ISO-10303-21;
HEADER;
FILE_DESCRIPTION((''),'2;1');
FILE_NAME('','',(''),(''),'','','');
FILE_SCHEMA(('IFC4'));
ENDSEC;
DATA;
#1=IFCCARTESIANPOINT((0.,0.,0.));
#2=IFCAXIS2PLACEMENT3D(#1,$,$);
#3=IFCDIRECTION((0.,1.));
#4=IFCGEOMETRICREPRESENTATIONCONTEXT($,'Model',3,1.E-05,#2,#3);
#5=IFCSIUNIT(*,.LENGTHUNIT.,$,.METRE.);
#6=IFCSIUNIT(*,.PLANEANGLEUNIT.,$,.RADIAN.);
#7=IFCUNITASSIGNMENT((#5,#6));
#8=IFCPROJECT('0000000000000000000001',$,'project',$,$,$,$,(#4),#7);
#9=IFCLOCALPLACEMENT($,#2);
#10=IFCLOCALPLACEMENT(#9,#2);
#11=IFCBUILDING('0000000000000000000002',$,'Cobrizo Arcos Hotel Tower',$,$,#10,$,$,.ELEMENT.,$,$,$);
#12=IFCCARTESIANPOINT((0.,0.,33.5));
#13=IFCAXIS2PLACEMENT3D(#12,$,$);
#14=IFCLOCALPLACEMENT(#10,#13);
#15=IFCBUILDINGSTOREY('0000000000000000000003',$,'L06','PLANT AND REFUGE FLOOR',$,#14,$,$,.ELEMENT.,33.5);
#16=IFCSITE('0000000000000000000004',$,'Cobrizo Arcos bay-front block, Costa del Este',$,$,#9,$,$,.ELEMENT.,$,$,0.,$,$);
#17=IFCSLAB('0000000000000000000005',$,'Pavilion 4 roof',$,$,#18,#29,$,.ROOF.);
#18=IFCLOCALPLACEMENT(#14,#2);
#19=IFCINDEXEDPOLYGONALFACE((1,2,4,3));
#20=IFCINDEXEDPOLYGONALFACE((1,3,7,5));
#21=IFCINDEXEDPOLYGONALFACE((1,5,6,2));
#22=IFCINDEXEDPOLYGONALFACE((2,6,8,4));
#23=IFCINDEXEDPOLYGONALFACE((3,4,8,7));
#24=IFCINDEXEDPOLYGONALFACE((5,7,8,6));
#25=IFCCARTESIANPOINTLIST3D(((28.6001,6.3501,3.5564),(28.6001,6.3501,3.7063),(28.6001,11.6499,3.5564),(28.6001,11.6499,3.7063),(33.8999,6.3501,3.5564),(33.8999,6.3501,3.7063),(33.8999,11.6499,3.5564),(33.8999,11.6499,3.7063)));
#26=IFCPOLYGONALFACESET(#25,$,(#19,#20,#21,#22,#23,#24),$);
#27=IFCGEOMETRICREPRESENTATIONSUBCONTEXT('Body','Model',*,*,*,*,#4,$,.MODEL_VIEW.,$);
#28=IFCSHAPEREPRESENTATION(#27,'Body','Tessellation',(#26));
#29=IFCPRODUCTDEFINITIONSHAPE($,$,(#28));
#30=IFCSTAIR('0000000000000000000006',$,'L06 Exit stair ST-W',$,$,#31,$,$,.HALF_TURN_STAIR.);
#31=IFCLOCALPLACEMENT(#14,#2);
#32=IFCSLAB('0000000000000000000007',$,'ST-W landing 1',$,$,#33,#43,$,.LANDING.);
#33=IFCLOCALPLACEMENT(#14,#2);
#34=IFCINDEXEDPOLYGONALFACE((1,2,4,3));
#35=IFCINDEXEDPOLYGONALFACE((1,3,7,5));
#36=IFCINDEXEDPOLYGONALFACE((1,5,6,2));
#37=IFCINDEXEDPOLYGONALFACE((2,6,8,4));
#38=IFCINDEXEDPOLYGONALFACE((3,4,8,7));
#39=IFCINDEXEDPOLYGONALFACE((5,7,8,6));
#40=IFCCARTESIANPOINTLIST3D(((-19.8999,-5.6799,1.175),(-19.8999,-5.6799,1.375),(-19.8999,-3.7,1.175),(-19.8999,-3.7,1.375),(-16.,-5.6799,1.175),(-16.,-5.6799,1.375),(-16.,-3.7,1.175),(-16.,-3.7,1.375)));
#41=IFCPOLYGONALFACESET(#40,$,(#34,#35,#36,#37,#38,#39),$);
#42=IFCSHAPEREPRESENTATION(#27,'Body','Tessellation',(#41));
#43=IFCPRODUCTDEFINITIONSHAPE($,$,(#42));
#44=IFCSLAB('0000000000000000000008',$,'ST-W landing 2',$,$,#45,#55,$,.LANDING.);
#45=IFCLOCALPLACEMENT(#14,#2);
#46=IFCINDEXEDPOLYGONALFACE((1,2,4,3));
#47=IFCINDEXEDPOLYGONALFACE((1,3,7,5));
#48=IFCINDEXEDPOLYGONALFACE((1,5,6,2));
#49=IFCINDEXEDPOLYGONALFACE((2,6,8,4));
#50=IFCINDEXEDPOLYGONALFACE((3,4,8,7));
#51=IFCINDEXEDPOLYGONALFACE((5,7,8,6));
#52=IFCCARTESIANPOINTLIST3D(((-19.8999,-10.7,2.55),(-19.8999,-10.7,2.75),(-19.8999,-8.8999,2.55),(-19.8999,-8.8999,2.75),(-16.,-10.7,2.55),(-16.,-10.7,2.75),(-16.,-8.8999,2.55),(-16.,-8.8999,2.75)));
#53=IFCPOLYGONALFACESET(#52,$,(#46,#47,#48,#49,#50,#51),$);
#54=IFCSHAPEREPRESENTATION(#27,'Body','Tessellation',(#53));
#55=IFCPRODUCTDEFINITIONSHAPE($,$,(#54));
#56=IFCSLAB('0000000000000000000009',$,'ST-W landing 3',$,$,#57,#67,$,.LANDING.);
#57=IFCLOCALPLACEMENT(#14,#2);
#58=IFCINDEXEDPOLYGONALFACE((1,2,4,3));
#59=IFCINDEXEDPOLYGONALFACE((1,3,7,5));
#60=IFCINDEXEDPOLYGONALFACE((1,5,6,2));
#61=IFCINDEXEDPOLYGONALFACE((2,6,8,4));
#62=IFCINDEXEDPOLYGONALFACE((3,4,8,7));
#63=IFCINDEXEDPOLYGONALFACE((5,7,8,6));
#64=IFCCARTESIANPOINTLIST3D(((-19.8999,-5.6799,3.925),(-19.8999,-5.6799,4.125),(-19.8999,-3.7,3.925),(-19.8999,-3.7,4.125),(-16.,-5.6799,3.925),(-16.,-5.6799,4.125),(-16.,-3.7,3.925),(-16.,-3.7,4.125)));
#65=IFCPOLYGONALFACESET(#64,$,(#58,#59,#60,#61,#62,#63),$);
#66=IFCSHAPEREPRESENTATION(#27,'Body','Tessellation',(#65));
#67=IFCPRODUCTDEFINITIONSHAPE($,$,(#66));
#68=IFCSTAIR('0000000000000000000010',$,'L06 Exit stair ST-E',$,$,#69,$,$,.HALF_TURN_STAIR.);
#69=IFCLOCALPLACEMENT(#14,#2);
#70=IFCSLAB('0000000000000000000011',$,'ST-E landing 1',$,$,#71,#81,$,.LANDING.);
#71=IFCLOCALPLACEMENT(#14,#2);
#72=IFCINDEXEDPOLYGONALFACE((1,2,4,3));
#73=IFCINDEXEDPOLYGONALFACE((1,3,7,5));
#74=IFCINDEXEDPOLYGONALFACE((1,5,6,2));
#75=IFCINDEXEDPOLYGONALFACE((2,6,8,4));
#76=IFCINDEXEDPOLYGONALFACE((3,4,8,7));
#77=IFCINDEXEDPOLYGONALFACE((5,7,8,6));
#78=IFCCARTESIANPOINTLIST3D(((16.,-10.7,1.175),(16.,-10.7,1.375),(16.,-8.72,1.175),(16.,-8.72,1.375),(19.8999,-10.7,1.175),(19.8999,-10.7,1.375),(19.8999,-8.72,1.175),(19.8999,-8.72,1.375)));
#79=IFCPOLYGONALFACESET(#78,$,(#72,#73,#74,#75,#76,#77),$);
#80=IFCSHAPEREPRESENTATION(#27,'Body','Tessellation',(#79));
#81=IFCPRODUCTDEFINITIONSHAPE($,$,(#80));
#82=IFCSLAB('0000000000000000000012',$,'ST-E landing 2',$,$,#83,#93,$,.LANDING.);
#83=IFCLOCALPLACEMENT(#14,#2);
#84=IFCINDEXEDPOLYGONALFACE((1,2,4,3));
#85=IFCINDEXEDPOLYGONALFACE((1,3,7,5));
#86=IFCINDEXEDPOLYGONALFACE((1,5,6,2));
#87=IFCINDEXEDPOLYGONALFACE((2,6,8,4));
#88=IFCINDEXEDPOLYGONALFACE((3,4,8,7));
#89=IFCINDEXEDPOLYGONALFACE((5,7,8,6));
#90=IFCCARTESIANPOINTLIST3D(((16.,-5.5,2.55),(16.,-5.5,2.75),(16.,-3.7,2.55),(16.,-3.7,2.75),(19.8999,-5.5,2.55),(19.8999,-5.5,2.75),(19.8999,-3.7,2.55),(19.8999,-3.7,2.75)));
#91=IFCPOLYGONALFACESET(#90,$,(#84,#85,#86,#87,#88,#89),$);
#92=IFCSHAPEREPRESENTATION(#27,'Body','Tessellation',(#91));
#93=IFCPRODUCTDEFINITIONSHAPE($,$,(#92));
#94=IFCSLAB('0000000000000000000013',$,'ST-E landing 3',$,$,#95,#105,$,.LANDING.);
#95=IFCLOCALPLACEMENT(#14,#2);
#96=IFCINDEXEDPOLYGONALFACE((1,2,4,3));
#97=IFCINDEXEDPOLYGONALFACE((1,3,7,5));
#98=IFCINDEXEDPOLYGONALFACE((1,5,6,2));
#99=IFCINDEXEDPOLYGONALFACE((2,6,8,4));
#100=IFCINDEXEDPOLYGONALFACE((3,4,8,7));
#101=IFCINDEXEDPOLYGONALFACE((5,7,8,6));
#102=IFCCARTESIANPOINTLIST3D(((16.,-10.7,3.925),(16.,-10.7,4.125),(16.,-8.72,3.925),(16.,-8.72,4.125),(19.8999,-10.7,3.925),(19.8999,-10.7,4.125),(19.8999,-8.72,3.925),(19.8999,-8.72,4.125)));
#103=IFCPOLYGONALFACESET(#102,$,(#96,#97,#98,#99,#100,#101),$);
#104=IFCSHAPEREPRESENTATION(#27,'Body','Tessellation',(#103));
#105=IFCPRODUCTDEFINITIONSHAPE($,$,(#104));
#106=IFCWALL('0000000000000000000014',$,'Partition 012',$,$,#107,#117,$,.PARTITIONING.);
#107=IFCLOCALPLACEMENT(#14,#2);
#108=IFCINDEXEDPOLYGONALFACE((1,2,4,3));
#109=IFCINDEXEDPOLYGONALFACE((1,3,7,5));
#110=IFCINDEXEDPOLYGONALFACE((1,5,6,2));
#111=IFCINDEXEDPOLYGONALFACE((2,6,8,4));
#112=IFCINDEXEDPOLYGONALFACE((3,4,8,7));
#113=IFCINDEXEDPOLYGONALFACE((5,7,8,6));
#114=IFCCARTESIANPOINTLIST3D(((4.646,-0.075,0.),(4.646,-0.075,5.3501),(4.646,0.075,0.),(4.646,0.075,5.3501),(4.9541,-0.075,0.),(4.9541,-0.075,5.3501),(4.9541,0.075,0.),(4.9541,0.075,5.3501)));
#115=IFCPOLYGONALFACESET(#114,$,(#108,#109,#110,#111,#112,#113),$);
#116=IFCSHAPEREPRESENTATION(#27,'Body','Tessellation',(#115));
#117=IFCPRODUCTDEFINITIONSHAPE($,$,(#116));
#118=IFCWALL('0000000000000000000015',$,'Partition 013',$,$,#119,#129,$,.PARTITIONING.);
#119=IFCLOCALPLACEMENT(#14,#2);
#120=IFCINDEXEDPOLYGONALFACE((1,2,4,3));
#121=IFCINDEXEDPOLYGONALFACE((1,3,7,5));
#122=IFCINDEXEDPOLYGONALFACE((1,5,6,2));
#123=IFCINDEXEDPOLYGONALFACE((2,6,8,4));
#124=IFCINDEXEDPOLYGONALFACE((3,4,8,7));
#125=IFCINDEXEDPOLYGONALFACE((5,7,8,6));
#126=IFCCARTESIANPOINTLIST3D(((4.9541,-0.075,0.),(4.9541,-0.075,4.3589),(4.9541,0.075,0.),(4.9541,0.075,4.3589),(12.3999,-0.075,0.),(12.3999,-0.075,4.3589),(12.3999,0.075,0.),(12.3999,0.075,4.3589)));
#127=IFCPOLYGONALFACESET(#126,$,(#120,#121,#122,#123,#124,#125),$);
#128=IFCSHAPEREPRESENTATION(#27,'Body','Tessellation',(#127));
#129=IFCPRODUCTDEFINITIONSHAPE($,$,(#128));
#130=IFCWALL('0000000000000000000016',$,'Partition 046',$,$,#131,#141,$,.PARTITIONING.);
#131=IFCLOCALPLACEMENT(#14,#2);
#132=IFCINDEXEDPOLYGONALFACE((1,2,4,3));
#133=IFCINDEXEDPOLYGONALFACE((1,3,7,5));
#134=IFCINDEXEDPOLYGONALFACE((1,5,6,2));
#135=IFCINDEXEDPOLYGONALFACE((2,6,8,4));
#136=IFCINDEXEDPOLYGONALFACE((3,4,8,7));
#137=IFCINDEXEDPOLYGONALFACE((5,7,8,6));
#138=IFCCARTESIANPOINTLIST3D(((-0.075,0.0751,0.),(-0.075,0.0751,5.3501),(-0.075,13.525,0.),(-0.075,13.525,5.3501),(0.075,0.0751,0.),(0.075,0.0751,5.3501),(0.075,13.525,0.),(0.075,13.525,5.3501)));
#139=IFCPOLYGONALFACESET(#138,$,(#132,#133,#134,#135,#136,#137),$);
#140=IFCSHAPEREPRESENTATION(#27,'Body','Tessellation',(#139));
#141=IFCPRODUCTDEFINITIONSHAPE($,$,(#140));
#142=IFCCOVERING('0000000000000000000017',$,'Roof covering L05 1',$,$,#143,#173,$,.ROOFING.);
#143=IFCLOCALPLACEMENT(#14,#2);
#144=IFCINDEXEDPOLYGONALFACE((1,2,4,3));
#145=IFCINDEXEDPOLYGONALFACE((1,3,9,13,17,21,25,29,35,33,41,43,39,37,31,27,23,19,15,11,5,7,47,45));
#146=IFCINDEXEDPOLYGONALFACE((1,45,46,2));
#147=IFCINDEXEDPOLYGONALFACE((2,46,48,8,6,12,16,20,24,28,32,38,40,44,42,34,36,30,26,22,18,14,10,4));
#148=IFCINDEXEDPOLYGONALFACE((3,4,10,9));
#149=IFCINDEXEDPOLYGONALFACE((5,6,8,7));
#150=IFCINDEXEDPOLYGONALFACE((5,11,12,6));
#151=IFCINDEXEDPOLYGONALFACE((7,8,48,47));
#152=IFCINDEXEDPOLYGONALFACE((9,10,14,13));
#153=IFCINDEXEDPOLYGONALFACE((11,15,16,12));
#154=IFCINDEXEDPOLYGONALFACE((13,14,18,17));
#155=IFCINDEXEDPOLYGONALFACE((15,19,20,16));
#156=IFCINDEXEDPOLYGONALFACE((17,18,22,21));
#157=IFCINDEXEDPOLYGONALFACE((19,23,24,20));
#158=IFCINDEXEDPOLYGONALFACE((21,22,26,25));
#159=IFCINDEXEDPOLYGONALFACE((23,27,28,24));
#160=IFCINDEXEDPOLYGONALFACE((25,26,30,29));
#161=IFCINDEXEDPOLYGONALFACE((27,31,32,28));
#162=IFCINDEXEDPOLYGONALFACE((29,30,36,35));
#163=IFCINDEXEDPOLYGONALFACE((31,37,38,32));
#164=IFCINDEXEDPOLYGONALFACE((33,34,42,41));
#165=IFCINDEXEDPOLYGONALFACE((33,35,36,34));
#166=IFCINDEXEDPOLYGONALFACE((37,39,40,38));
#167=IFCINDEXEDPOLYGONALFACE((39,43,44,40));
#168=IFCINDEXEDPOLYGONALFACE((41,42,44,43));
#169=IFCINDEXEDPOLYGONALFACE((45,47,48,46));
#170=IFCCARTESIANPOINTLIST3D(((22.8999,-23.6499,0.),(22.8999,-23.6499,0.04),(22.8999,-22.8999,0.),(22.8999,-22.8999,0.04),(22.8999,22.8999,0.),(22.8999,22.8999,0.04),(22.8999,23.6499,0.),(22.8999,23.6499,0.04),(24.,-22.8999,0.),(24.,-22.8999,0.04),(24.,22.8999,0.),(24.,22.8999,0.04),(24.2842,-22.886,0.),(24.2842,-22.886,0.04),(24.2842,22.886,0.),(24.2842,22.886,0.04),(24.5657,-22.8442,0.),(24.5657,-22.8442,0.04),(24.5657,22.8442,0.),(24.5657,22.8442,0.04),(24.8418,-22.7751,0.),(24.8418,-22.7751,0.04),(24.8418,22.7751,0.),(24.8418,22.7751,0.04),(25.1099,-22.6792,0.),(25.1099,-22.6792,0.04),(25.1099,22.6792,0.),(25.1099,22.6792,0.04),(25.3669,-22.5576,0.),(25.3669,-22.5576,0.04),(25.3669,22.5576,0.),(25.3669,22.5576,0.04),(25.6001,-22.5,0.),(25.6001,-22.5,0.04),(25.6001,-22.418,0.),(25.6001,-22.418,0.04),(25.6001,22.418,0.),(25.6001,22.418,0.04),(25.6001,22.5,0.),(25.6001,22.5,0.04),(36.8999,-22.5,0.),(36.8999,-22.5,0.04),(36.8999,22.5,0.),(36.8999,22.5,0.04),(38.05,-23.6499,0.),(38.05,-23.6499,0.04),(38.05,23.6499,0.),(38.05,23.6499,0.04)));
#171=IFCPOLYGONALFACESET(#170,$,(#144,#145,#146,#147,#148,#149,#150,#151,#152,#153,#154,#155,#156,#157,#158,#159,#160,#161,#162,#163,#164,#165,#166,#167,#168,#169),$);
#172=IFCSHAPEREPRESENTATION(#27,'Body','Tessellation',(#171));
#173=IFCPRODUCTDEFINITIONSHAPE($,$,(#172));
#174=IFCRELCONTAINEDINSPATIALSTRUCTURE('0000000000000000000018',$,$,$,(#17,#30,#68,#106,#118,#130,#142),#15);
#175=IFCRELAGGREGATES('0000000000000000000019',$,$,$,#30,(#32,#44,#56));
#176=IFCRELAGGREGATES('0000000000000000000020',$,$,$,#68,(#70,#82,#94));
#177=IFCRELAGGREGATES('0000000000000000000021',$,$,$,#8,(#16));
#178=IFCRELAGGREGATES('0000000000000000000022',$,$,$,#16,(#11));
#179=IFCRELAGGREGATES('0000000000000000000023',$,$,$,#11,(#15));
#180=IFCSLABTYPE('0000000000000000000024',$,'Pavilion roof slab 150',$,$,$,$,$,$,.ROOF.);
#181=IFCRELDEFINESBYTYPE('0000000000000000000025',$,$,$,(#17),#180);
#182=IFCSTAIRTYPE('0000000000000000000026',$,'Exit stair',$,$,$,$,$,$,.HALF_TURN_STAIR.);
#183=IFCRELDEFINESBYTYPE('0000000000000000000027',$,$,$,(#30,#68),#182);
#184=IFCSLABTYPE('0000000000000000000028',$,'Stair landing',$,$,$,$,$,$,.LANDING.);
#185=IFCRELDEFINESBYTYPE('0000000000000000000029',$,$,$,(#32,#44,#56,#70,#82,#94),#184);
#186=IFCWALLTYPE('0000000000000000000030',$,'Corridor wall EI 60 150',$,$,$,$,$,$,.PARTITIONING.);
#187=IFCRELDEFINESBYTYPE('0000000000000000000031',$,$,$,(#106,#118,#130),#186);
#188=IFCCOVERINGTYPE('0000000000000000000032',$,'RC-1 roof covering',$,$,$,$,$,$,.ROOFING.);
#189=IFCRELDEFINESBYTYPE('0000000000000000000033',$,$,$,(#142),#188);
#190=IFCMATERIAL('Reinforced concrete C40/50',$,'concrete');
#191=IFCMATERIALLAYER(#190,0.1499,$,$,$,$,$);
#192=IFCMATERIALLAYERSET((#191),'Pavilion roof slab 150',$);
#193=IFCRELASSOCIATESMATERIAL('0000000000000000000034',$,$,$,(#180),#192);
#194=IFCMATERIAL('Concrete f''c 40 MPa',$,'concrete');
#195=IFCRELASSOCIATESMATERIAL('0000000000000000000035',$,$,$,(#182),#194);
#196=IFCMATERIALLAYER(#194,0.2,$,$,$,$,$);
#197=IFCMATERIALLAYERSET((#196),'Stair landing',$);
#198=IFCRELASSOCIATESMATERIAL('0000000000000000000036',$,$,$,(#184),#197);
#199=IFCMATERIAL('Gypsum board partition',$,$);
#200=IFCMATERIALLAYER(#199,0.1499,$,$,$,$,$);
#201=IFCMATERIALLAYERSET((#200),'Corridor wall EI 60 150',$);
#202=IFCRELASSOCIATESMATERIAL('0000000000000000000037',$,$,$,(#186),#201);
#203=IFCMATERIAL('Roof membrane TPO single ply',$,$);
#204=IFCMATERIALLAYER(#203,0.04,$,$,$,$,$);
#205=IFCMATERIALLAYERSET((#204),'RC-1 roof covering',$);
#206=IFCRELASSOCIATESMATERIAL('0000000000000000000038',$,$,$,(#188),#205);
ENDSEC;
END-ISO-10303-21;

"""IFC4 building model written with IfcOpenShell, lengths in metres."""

from ifc_helpers import new_model, si_unit, direction, frame, frame_2d, origin, place, context, subcontext, project, spatial, polyline, rectangle, outline, extrude, material, layer, layer_set, type_object, element, aggregate, save


model = new_model("IFC4")

# Units and contexts
model_context = context("Model", 3, precision=1e-05, world=origin(), true_north=direction((0.0, 1.0)))
body_context = subcontext(model_context, "Body", "Model", "MODEL_VIEW")
ifc_project = project(units=[si_unit("LENGTHUNIT", "METRE"), si_unit("PLANEANGLEUNIT", "RADIAN")], contexts=[model_context])

# Site, building, storey
site_placement = place(None, origin())
site = spatial("IfcSite", under=ifc_project, at=site_placement, Name="Cobrizo Arcos bay-front block, Costa del Este", CompositionType="ELEMENT", RefElevation=0.0)
building_placement = place(site_placement, origin())
building = spatial("IfcBuilding", under=site, at=building_placement, Name="Cobrizo Arcos Hotel Tower", CompositionType="ELEMENT")
storey_placement = place(building_placement, frame((0.0, 0.0, 33.5)))
storey = spatial("IfcBuildingStorey", under=building, at=storey_placement, Name="L06", Description="PLANT AND REFUGE FLOOR", CompositionType="ELEMENT", Elevation=33.5)

# Slab
ifc_material_1 = material(Name="Reinforced concrete C40/50", Category="concrete")
ifc_layer_1 = layer(ifc_material_1, 0.1499)
ifc_layer_set_1 = layer_set([ifc_layer_1], Name="Pavilion roof slab 150")
slab_type_1 = type_object("IfcSlabType", Name="Pavilion roof slab 150", PredefinedType="ROOF", material=ifc_layer_set_1)
slab_1_placement = place(storey_placement, frame((0.0, 0.0, 3.5564)))
element("IfcSlab", 1, at=slab_1_placement, inside=storey, type_object=slab_type_1, Name="Pavilion 4 roof", PredefinedType="ROOF", context=body_context, shape_type="SweptSolid", body=[
    extrude(outline(polyline([(28.6001, 6.3501), (33.8999, 6.3501), (33.8999, 11.6499), (28.6001, 11.6499), (28.6001, 6.3501)])), origin(), (0.0, 0.0, 1.0), 0.1499),
])

# Stairs, slabs
ifc_material_2 = material(Name="Concrete f'c 40 MPa", Category="concrete")
stair_type = type_object("IfcStairType", Name="Exit stair", PredefinedType="HALF_TURN_STAIR", material=ifc_material_2)
stair_1_placement = place(storey_placement, origin())
stair_1 = element("IfcStair", 2, at=stair_1_placement, inside=storey, type_object=stair_type, Name="L06 Exit stair ST-W", PredefinedType="HALF_TURN_STAIR")
ifc_layer_2 = layer(ifc_material_2, 0.2)
ifc_layer_set_2 = layer_set([ifc_layer_2], Name="Stair landing")
slab_type_2 = type_object("IfcSlabType", Name="Stair landing", PredefinedType="LANDING", material=ifc_layer_set_2)
slab_2_placement = place(storey_placement, frame((0.0, 0.0, 1.175)))
slab_2 = element("IfcSlab", 3, at=slab_2_placement, type_object=slab_type_2, Name="ST-W landing 1", PredefinedType="LANDING", context=body_context, shape_type="SweptSolid", body=[
    extrude(outline(polyline([(-16.0, -5.6799), (-16.0, -3.7), (-19.8999, -3.7), (-19.8999, -5.6799), (-16.0, -5.6799)])), origin(), (0.0, 0.0, 1.0), 0.2),
])
slab_3_placement = place(storey_placement, frame((0.0, 0.0, 2.55)))
slab_3 = element("IfcSlab", 4, at=slab_3_placement, type_object=slab_type_2, Name="ST-W landing 2", PredefinedType="LANDING", context=body_context, shape_type="SweptSolid", body=[
    extrude(outline(polyline([(-16.0, -10.7), (-16.0, -8.8999), (-19.8999, -8.8999), (-19.8999, -10.7), (-16.0, -10.7)])), origin(), (0.0, 0.0, 1.0), 0.2),
])
slab_4_placement = place(storey_placement, frame((0.0, 0.0, 3.925)))
slab_4 = element("IfcSlab", 5, at=slab_4_placement, type_object=slab_type_2, Name="ST-W landing 3", PredefinedType="LANDING", context=body_context, shape_type="SweptSolid", body=[
    extrude(outline(polyline([(-16.0, -5.6799), (-16.0, -3.7), (-19.8999, -3.7), (-19.8999, -5.6799), (-16.0, -5.6799)])), origin(), (0.0, 0.0, 1.0), 0.2),
])
aggregate(stair_1, [slab_2, slab_3, slab_4])
stair_2_placement = place(storey_placement, origin())
stair_2 = element("IfcStair", 6, at=stair_2_placement, inside=storey, type_object=stair_type, Name="L06 Exit stair ST-E", PredefinedType="HALF_TURN_STAIR")
slab_5_placement = place(storey_placement, frame((0.0, 0.0, 1.175)))
slab_5 = element("IfcSlab", 7, at=slab_5_placement, type_object=slab_type_2, Name="ST-E landing 1", PredefinedType="LANDING", context=body_context, shape_type="SweptSolid", body=[
    extrude(outline(polyline([(16.0, -8.72), (16.0, -10.7), (19.8999, -10.7), (19.8999, -8.72), (16.0, -8.72)])), origin(), (0.0, 0.0, 1.0), 0.2),
])
slab_6_placement = place(storey_placement, frame((0.0, 0.0, 2.55)))
slab_6 = element("IfcSlab", 8, at=slab_6_placement, type_object=slab_type_2, Name="ST-E landing 2", PredefinedType="LANDING", context=body_context, shape_type="SweptSolid", body=[
    extrude(outline(polyline([(16.0, -3.7), (16.0, -5.5), (19.8999, -5.5), (19.8999, -3.7), (16.0, -3.7)])), origin(), (0.0, 0.0, 1.0), 0.2),
])
slab_7_placement = place(storey_placement, frame((0.0, 0.0, 3.925)))
slab_7 = element("IfcSlab", 9, at=slab_7_placement, type_object=slab_type_2, Name="ST-E landing 3", PredefinedType="LANDING", context=body_context, shape_type="SweptSolid", body=[
    extrude(outline(polyline([(16.0, -8.72), (16.0, -10.7), (19.8999, -10.7), (19.8999, -8.72), (16.0, -8.72)])), origin(), (0.0, 0.0, 1.0), 0.2),
])
aggregate(stair_2, [slab_5, slab_6, slab_7])

# Walls
ifc_material_3 = material(Name="Gypsum board partition")
ifc_layer_3 = layer(ifc_material_3, 0.1499)
ifc_layer_set_3 = layer_set([ifc_layer_3], Name="Corridor wall EI 60 150")
wall_type = type_object("IfcWallType", Name="Corridor wall EI 60 150", PredefinedType="PARTITIONING", material=ifc_layer_set_3)
wall_1_placement = place(storey_placement, frame((4.646, 0.0, 0.0), z_axis=(0.0, 0.0, 1.0), x_axis=(1.0, 0.0, 0.0)))
element("IfcWall", 10, at=wall_1_placement, inside=storey, type_object=wall_type, Name="Partition 012", PredefinedType="PARTITIONING", context=body_context, shape_type="SweptSolid", body=[
    extrude(rectangle(XDim=0.3081, YDim=0.1499, at=frame_2d((0.1541, 0.0))), origin(), (0.0, 0.0, 1.0), 5.3501),
])
wall_2_placement = place(storey_placement, frame((4.9541, 0.0, 0.0), z_axis=(0.0, 0.0, 1.0), x_axis=(1.0, 0.0, 0.0)))
element("IfcWall", 11, at=wall_2_placement, inside=storey, type_object=wall_type, Name="Partition 013", PredefinedType="PARTITIONING", context=body_context, shape_type="SweptSolid", body=[
    extrude(rectangle(XDim=7.4458, YDim=0.1499, at=frame_2d((3.7229, 0.0))), origin(), (0.0, 0.0, 1.0), 4.3589),
])
wall_3_placement = place(storey_placement, frame((0.0, 0.075, 0.0), z_axis=(0.0, 0.0, 1.0), x_axis=(0.0, 1.0, 0.0)))
element("IfcWall", 12, at=wall_3_placement, inside=storey, type_object=wall_type, Name="Partition 046", PredefinedType="PARTITIONING", context=body_context, shape_type="SweptSolid", body=[
    extrude(rectangle(XDim=13.45, YDim=0.1499, at=frame_2d((6.7251, 0.0))), origin(), (0.0, 0.0, 1.0), 5.3501),
])

# Covering
ifc_material_4 = material(Name="Roof membrane TPO single ply")
ifc_layer_4 = layer(ifc_material_4, 0.04)
ifc_layer_set_4 = layer_set([ifc_layer_4], Name="RC-1 roof covering")
covering_type_1 = type_object("IfcCoveringType", Name="RC-1 roof covering", PredefinedType="ROOFING", material=ifc_layer_set_4)
covering_1_placement = place(storey_placement, origin())
element("IfcCovering", 13, at=covering_1_placement, inside=storey, type_object=covering_type_1, Name="Roof covering L05 1", PredefinedType="ROOFING", context=body_context, shape_type="SweptSolid", body=[
    extrude(outline(polyline([(22.8999, -23.6499), (22.8999, -22.8999), (24.0, -22.8999), (24.2842, -22.886), (24.5657, -22.8442), (24.8418, -22.7751), (25.1099, -22.6792), (25.3669, -22.5576), (25.6001, -22.418), (25.6001, -22.5), (36.8999, -22.5), (36.8999, 22.5), (25.6001, 22.5), (25.6001, 22.418), (25.3669, 22.5576), (25.1099, 22.6792), (24.8418, 22.7751), (24.5657, 22.8442), (24.2842, 22.886), (24.0, 22.8999), (22.8999, 22.8999), (22.8999, 23.6499), (38.05, 23.6499), (38.05, -23.6499), (22.8999, -23.6499)])), origin(), (0.0, 0.0, 1.0), 0.04),
])

save(model, "model.ifc")
